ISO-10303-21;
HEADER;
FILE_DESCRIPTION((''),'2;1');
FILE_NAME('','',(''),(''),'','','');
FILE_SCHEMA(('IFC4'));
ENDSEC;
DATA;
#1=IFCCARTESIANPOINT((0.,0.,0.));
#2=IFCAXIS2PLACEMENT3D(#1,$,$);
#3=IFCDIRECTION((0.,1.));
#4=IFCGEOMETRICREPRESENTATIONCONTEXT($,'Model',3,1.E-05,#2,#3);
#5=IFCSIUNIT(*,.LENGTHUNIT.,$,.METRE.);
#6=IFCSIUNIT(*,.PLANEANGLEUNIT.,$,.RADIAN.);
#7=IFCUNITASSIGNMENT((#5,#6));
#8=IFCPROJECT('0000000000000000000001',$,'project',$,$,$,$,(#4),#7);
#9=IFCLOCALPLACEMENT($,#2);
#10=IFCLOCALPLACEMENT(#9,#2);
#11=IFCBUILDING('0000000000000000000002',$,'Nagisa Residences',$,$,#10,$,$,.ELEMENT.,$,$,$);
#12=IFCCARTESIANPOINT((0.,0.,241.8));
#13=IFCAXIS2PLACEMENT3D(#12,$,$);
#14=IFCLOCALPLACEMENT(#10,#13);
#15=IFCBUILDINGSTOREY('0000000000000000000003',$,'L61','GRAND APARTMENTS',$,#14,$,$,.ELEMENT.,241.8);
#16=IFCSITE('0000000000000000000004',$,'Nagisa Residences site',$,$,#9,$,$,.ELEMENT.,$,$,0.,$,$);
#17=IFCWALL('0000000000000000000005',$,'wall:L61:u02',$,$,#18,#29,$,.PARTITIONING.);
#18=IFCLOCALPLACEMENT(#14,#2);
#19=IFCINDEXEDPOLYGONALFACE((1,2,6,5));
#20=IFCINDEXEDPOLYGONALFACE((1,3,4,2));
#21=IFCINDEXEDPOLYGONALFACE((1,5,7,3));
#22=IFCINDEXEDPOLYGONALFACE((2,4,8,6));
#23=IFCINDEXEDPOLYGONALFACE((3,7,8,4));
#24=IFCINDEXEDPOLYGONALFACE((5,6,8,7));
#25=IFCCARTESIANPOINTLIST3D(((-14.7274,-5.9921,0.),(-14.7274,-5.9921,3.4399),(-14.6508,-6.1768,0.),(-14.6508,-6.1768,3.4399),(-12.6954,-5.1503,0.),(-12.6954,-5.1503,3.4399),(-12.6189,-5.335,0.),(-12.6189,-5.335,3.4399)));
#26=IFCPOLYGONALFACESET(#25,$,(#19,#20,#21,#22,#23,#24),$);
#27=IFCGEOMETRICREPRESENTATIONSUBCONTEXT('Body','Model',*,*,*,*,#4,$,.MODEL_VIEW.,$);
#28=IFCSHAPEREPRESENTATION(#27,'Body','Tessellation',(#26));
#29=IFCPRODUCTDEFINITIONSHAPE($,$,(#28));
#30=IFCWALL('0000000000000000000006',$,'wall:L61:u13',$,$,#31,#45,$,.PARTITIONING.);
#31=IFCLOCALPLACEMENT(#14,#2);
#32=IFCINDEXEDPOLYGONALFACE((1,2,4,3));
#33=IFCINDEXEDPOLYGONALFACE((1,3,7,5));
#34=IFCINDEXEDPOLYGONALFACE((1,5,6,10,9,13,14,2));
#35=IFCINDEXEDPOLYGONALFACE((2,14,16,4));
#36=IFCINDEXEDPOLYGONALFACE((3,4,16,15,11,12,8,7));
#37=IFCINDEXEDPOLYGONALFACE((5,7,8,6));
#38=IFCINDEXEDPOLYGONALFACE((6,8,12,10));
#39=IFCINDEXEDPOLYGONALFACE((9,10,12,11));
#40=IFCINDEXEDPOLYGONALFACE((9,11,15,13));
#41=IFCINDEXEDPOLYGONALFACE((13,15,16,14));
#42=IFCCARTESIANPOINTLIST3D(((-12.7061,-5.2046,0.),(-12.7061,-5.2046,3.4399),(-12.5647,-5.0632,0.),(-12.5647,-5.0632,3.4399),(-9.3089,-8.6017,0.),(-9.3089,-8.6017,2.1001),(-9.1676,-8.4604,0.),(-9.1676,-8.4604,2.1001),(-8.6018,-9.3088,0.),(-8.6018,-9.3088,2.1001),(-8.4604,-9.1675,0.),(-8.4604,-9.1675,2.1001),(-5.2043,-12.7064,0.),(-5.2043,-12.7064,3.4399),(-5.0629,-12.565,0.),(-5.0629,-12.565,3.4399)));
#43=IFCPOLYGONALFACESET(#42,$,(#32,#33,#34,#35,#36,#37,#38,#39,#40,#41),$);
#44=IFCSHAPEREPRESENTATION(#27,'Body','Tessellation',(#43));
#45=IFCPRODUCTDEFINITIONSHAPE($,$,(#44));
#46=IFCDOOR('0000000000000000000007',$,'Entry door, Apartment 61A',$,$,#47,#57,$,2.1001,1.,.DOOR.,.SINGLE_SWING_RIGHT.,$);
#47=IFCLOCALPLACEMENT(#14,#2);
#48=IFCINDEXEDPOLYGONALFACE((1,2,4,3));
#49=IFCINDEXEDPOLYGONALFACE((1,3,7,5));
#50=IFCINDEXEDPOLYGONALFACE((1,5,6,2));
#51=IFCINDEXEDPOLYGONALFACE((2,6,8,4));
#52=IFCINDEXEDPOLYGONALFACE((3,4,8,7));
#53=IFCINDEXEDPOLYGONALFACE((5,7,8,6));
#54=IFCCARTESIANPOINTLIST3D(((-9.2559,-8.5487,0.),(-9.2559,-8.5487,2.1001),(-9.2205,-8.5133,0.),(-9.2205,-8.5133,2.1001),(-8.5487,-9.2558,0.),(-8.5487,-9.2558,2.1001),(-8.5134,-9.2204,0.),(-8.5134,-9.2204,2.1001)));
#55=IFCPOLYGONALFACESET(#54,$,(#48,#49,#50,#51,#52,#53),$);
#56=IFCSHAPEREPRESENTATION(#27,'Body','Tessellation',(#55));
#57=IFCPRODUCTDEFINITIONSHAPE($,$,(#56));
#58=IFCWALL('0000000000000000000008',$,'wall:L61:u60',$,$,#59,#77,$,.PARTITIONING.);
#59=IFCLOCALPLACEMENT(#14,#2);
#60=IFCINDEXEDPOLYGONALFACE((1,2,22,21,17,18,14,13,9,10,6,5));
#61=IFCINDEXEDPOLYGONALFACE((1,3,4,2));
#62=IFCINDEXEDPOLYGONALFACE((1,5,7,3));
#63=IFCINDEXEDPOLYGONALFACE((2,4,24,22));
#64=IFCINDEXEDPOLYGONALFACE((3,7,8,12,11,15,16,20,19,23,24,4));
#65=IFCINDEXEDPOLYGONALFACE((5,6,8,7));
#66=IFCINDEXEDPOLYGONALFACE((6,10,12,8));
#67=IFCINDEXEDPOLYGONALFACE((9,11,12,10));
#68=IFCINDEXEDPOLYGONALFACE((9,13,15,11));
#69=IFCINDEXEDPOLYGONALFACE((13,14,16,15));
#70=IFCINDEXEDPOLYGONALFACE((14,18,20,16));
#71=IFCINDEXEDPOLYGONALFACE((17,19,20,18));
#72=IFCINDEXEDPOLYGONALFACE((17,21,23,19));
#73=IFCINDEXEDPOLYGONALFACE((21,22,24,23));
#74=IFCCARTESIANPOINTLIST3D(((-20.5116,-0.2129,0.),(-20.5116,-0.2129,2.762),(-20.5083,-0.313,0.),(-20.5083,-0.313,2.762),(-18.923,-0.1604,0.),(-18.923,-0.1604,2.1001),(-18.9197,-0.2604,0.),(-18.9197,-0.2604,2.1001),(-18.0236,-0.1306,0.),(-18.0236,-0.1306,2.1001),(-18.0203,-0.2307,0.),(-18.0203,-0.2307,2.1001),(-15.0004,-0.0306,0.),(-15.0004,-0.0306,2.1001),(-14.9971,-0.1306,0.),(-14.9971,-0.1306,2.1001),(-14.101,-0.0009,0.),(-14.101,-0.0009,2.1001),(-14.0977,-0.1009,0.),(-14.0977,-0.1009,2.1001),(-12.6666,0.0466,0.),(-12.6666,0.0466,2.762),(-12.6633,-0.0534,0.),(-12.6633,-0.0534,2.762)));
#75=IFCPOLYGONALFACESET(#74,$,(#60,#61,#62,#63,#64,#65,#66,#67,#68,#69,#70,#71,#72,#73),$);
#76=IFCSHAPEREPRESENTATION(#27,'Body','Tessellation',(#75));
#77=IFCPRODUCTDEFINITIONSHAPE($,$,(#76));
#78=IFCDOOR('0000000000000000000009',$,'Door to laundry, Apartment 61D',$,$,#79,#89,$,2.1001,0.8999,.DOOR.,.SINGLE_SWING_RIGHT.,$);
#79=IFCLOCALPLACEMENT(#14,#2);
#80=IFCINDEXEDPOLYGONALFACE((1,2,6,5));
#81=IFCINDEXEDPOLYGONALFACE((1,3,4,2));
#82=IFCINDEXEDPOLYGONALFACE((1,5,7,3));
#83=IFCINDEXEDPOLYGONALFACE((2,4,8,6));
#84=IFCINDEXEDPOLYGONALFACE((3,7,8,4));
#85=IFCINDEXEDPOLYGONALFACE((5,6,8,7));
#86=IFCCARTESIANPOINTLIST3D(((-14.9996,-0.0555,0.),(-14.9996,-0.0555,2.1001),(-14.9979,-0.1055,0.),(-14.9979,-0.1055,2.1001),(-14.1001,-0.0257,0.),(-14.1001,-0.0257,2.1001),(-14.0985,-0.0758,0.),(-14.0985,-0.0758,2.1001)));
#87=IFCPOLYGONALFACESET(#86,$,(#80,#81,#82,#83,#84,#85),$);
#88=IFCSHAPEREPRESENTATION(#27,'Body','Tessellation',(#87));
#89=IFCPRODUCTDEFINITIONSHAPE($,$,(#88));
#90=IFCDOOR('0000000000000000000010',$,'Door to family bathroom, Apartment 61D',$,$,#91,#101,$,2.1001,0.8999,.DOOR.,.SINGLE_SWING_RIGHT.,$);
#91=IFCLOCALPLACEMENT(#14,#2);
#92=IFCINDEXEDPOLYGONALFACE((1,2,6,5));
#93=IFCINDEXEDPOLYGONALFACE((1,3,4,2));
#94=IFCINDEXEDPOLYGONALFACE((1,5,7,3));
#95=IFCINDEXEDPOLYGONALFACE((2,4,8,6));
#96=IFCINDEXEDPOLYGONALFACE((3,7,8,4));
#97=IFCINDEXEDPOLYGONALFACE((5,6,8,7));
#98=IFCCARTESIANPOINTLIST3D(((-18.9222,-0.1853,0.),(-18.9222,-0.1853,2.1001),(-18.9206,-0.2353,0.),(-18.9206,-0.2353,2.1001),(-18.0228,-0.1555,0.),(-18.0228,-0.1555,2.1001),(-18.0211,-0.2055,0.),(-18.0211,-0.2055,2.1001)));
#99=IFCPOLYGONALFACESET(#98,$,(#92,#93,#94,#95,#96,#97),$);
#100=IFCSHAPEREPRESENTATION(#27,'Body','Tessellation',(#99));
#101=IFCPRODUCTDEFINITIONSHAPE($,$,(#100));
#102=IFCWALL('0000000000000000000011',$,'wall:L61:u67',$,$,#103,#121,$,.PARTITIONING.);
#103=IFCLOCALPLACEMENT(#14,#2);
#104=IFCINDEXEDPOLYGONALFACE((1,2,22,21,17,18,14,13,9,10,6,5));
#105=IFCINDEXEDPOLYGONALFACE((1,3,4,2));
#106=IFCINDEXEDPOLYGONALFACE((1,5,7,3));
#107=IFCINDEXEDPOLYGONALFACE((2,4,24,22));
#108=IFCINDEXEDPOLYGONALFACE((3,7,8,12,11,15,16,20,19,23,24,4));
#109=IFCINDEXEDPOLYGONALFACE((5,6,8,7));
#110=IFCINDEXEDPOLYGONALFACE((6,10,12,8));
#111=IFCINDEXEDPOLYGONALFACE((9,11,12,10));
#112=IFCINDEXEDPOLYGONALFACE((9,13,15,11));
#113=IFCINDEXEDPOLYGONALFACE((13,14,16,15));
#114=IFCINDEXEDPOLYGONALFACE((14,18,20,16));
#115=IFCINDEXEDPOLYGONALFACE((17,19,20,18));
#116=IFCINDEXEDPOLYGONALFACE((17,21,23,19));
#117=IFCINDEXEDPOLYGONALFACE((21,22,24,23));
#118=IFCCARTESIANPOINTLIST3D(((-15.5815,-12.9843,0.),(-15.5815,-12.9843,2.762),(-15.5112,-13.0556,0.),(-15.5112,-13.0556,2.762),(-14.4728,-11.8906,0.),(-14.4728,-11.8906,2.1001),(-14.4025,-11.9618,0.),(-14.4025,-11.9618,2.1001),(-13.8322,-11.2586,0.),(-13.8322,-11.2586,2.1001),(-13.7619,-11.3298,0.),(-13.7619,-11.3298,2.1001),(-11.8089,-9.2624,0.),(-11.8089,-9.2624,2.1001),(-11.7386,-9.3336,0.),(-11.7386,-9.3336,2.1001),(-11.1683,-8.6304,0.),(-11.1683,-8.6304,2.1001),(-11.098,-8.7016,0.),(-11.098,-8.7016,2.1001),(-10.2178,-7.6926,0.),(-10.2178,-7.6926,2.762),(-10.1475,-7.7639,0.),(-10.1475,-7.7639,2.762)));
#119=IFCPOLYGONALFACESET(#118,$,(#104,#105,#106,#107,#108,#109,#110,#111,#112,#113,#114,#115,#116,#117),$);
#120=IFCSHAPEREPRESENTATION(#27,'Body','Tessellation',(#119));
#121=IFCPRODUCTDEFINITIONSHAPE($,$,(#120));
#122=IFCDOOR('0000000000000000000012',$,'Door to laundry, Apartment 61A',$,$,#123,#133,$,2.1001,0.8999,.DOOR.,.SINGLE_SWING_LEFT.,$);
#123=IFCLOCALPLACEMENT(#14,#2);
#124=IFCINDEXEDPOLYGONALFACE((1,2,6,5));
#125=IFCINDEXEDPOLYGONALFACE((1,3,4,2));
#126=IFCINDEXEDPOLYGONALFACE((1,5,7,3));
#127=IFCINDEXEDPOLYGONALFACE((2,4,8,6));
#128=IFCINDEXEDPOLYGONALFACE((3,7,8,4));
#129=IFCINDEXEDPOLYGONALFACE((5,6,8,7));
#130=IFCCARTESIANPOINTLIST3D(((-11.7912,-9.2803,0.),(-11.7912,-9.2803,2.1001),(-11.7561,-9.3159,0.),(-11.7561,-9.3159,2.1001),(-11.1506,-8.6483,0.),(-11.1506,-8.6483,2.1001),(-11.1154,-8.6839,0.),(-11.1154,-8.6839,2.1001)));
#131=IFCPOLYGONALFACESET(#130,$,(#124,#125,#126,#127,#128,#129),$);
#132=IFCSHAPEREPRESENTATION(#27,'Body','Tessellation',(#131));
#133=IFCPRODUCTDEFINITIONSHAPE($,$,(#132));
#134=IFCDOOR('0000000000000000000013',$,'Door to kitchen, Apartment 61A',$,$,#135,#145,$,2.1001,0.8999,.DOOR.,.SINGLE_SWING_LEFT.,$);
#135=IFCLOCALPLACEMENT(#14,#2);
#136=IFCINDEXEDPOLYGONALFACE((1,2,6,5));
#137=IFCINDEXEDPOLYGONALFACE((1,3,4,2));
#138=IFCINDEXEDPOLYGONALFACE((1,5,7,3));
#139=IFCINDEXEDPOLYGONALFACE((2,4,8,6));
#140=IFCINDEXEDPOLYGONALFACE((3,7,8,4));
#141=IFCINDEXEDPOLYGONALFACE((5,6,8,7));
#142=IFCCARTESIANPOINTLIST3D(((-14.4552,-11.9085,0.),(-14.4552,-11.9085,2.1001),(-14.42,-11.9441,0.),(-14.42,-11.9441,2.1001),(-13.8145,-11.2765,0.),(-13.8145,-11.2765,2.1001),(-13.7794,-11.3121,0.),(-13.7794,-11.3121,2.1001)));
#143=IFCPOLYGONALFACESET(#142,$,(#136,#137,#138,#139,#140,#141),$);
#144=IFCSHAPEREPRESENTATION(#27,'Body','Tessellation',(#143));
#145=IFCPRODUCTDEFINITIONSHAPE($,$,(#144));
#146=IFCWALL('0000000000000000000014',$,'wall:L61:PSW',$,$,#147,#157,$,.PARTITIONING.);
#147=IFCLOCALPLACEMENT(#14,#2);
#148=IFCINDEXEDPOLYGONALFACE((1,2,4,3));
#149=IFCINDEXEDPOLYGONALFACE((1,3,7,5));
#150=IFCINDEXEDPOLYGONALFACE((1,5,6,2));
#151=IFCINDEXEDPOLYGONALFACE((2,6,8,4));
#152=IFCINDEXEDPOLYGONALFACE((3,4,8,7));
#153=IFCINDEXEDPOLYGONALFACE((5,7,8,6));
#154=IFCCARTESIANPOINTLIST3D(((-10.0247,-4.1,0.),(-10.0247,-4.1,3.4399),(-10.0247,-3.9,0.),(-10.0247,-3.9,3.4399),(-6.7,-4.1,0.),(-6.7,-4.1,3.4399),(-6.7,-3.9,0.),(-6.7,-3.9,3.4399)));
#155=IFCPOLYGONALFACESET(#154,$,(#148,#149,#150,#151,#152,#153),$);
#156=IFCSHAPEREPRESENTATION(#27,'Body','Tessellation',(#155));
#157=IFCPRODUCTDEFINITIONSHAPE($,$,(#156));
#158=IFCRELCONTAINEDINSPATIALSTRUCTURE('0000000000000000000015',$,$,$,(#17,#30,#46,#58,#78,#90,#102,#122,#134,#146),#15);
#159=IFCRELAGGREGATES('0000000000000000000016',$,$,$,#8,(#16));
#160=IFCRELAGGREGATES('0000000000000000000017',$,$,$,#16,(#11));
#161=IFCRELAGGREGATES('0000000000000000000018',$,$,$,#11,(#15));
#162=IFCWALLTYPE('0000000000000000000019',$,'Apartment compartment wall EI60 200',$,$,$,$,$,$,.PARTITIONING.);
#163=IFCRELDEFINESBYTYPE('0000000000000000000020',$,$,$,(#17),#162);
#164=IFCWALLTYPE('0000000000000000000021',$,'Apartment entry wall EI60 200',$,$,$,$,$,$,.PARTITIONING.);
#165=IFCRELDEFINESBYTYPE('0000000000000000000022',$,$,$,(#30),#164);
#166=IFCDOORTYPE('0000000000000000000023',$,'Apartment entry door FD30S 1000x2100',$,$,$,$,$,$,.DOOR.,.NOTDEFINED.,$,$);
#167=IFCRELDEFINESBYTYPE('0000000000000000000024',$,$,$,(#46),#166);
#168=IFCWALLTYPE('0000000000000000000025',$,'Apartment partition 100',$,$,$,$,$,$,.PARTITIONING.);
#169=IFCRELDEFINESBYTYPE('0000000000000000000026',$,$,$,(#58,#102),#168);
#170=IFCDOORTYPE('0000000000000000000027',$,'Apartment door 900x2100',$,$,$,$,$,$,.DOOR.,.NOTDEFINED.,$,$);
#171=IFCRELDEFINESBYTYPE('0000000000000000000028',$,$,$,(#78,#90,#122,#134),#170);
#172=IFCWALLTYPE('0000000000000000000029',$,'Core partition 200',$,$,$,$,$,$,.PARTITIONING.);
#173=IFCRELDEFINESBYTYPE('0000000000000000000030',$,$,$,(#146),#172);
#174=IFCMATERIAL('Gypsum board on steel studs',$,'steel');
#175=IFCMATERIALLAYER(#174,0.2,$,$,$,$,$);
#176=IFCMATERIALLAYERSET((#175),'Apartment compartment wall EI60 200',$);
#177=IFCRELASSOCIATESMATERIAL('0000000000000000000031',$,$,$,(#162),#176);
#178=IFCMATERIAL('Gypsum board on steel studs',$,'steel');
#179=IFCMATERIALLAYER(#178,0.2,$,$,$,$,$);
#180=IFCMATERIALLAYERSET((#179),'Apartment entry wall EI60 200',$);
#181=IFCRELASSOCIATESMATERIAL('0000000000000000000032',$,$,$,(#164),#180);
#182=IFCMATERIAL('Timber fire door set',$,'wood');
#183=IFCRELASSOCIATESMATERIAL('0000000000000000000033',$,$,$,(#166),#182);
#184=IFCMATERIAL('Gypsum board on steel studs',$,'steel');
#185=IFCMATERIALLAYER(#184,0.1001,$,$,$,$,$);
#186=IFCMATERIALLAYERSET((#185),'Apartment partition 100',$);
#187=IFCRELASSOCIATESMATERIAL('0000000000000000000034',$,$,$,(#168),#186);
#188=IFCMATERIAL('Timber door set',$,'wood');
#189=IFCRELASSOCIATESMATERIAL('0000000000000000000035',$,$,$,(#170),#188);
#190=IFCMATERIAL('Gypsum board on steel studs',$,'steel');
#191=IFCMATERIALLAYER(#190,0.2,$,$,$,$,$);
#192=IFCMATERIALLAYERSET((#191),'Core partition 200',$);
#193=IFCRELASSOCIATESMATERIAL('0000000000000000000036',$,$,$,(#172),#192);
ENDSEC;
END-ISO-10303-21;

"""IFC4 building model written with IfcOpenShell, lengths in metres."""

from ifc_helpers import new_model, si_unit, direction, frame, frame_2d, origin, place, context, subcontext, project, spatial, rectangle, extrude, material, layer, layer_set, type_object, element, fill, save


model = new_model("IFC4")

# Units and contexts
model_context = context("Model", 3, precision=1e-05, world=origin(), true_north=direction((0.0, 1.0)))
body_context = subcontext(model_context, "Body", "Model", "MODEL_VIEW")
ifc_project = project(units=[si_unit("LENGTHUNIT", "METRE"), si_unit("PLANEANGLEUNIT", "RADIAN")], contexts=[model_context])

# Site, building, storey
site_placement = place(None, origin())
site = spatial("IfcSite", under=ifc_project, at=site_placement, Name="Nagisa Residences site", CompositionType="ELEMENT", RefElevation=0.0)
building_placement = place(site_placement, origin())
building = spatial("IfcBuilding", under=site, at=building_placement, Name="Nagisa Residences", CompositionType="ELEMENT")
storey_placement = place(building_placement, frame((0.0, 0.0, 241.8)))
storey = spatial("IfcBuildingStorey", under=building, at=storey_placement, Name="L61", Description="GRAND APARTMENTS", CompositionType="ELEMENT", Elevation=241.8)

# Wall
ifc_material_1 = material(Name="Gypsum board on steel studs", Category="steel")
ifc_layer_1 = layer(ifc_material_1, 0.2)
ifc_layer_set_1 = layer_set([ifc_layer_1], Name="Apartment compartment wall EI60 200")
wall_type_1 = type_object("IfcWallType", Name="Apartment compartment wall EI60 200", PredefinedType="PARTITIONING", material=ifc_layer_set_1)
wall_1_placement = place(storey_placement, frame((-12.6572, -5.2427, 0.0), z_axis=(0.0, 0.0, 1.0), x_axis=(-0.92386, -0.382731, 0.0)))
element("IfcWall", 1, at=wall_1_placement, inside=storey, type_object=wall_type_1, Name="wall:L61:u02", PredefinedType="PARTITIONING", context=body_context, shape_type="SweptSolid", body=[
    extrude(rectangle(XDim=2.1995, YDim=0.2, at=frame_2d((1.0996, 0.0))), origin(), (0.0, 0.0, 1.0), 3.4399),
])

# Wall, opening, door
ifc_material_2 = material(Name="Gypsum board on steel studs", Category="steel")
ifc_layer_2 = layer(ifc_material_2, 0.2)
ifc_layer_set_2 = layer_set([ifc_layer_2], Name="Apartment entry wall EI60 200")
wall_type_2 = type_object("IfcWallType", Name="Apartment entry wall EI60 200", PredefinedType="PARTITIONING", material=ifc_layer_set_2)
wall_2_placement = place(storey_placement, frame((-12.6355, -5.1338, 0.0), z_axis=(0.0, 0.0, 1.0), x_axis=(0.707107, -0.707107, 0.0)))
wall_2 = element("IfcWall", 2, at=wall_2_placement, inside=storey, type_object=wall_type_2, Name="wall:L61:u13", PredefinedType="PARTITIONING", context=body_context, shape_type="SweptSolid", body=[
    extrude(rectangle(XDim=10.6091, YDim=0.2, at=frame_2d((5.3047, 0.0))), origin(), (0.0, 0.0, 1.0), 3.4399),
])
opening_1_placement = place(wall_2_placement, frame((4.8044, 0.0, 0.0)))
opening_1 = element("IfcOpeningElement", 3, at=opening_1_placement, cuts=wall_2, PredefinedType="OPENING", context=body_context, shape_type="SweptSolid", body=[
    extrude(rectangle(XDim=1.0, YDim=2.1001, at=frame_2d((0.5, 1.05))), frame((0.0, 0.1099, 0.0), z_axis=(0.0, -1.0, 0.0), x_axis=(1.0, 0.0, 0.0)), (0.0, 0.0, 1.0), 0.22),
])
ifc_material_3 = material(Name="Timber fire door set", Category="wood")
door_type_1 = type_object("IfcDoorType", Name="Apartment entry door FD30S 1000x2100", OperationType="NOTDEFINED", PredefinedType="DOOR", material=ifc_material_3)
door_1_placement = place(opening_1_placement, frame((1.0, 0.0, 0.0), x_axis=(-1.0, 0.0, 0.0)))
door_1 = element("IfcDoor", 4, at=door_1_placement, inside=storey, type_object=door_type_1, Name="Entry door, Apartment 61A", OperationType="SINGLE_SWING_RIGHT", OverallHeight=2.1001, OverallWidth=1.0, PredefinedType="DOOR", context=body_context, shape_type="SweptSolid", body=[
    extrude(rectangle(XDim=1.0, YDim=2.1001, at=frame_2d((0.5, 1.05))), frame((0.0, 0.0249, 0.0), z_axis=(0.0, -1.0, 0.0), x_axis=(1.0, 0.0, 0.0)), (0.0, 0.0, 1.0), 0.05),
])
fill(opening_1, door_1)

# Walls, openings, doors
ifc_material_4 = material(Name="Gypsum board on steel studs", Category="steel")
ifc_layer_3 = layer(ifc_material_4, 0.1001)
ifc_layer_set_3 = layer_set([ifc_layer_3], Name="Apartment partition 100")
wall_type_3 = type_object("IfcWallType", Name="Apartment partition 100", PredefinedType="PARTITIONING", material=ifc_layer_set_3)
wall_3_placement = place(storey_placement, frame((-12.6648, -0.0034, 0.0), z_axis=(0.0, 0.0, 1.0), x_axis=(-0.999453, -0.033063, 0.0)))
wall_3 = element("IfcWall", 5, at=wall_3_placement, inside=storey, type_object=wall_type_3, Name="wall:L61:u60", PredefinedType="PARTITIONING", context=body_context, shape_type="SweptSolid", body=[
    extrude(rectangle(XDim=7.8494, YDim=0.1001, at=frame_2d((3.9248, 0.0))), origin(), (0.0, 0.0, 1.0), 2.762),
])
opening_2_placement = place(wall_3_placement, frame((1.4353, 0.0, 0.0)))
opening_2 = element("IfcOpeningElement", 6, at=opening_2_placement, cuts=wall_3, PredefinedType="OPENING", context=body_context, shape_type="SweptSolid", body=[
    extrude(rectangle(XDim=0.8999, YDim=2.1001, at=frame_2d((0.45, 1.05))), frame((0.0, 0.0601, 0.0), z_axis=(0.0, -1.0, 0.0), x_axis=(1.0, 0.0, 0.0)), (0.0, 0.0, 1.0), 0.1201),
])
opening_3_placement = place(wall_3_placement, frame((5.3601, 0.0, 0.0)))
opening_3 = element("IfcOpeningElement", 7, at=opening_3_placement, cuts=wall_3, PredefinedType="OPENING", context=body_context, shape_type="SweptSolid", body=[
    extrude(rectangle(XDim=0.8999, YDim=2.1001, at=frame_2d((0.45, 1.05))), frame((0.0, 0.0601, 0.0), z_axis=(0.0, -1.0, 0.0), x_axis=(1.0, 0.0, 0.0)), (0.0, 0.0, 1.0), 0.1201),
])
ifc_material_5 = material(Name="Timber door set", Category="wood")
door_type_2 = type_object("IfcDoorType", Name="Apartment door 900x2100", OperationType="NOTDEFINED", PredefinedType="DOOR", material=ifc_material_5)
door_2_placement = place(opening_2_placement, origin())
door_2 = element("IfcDoor", 8, at=door_2_placement, inside=storey, type_object=door_type_2, Name="Door to laundry, Apartment 61D", OperationType="SINGLE_SWING_RIGHT", OverallHeight=2.1001, OverallWidth=0.8999, PredefinedType="DOOR", context=body_context, shape_type="SweptSolid", body=[
    extrude(rectangle(XDim=0.8999, YDim=2.1001, at=frame_2d((0.45, 1.05))), frame((0.0, 0.0249, 0.0), z_axis=(0.0, -1.0, 0.0), x_axis=(1.0, 0.0, 0.0)), (0.0, 0.0, 1.0), 0.05),
])
fill(opening_2, door_2)
door_3_placement = place(opening_3_placement, origin())
door_3 = element("IfcDoor", 9, at=door_3_placement, inside=storey, type_object=door_type_2, Name="Door to family bathroom, Apartment 61D", OperationType="SINGLE_SWING_RIGHT", OverallHeight=2.1001, OverallWidth=0.8999, PredefinedType="DOOR", context=body_context, shape_type="SweptSolid", body=[
    extrude(rectangle(XDim=0.8999, YDim=2.1001, at=frame_2d((0.45, 1.05))), frame((0.0, 0.0249, 0.0), z_axis=(0.0, -1.0, 0.0), x_axis=(1.0, 0.0, 0.0)), (0.0, 0.0, 1.0), 0.05),
])
fill(opening_3, door_3)
wall_4_placement = place(storey_placement, frame((-10.1826, -7.7283, 0.0), z_axis=(0.0, 0.0, 1.0), x_axis=(-0.71187, -0.702311, 0.0)))
wall_4 = element("IfcWall", 10, at=wall_4_placement, inside=storey, type_object=wall_type_3, Name="wall:L61:u67", PredefinedType="PARTITIONING", context=body_context, shape_type="SweptSolid", body=[
    extrude(rectangle(XDim=7.5347, YDim=0.1001, at=frame_2d((3.7673, 0.0))), origin(), (0.0, 0.0, 1.0), 2.762),
])
opening_4_placement = place(wall_4_placement, frame((1.3352, 0.0, 0.0)))
opening_4 = element("IfcOpeningElement", 11, at=opening_4_placement, cuts=wall_4, PredefinedType="OPENING", context=body_context, shape_type="SweptSolid", body=[
    extrude(rectangle(XDim=0.8999, YDim=2.1001, at=frame_2d((0.45, 1.05))), frame((0.0, 0.0601, 0.0), z_axis=(0.0, -1.0, 0.0), x_axis=(1.0, 0.0, 0.0)), (0.0, 0.0, 1.0), 0.1201),
])
opening_5_placement = place(wall_4_placement, frame((5.0774, 0.0, 0.0)))
opening_5 = element("IfcOpeningElement", 12, at=opening_5_placement, cuts=wall_4, PredefinedType="OPENING", context=body_context, shape_type="SweptSolid", body=[
    extrude(rectangle(XDim=0.8999, YDim=2.1001, at=frame_2d((0.45, 1.05))), frame((0.0, 0.0601, 0.0), z_axis=(0.0, -1.0, 0.0), x_axis=(1.0, 0.0, 0.0)), (0.0, 0.0, 1.0), 0.1201),
])
door_4_placement = place(opening_4_placement, frame((0.8999, 0.0, 0.0), x_axis=(-1.0, 0.0, 0.0)))
door_4 = element("IfcDoor", 13, at=door_4_placement, inside=storey, type_object=door_type_2, Name="Door to laundry, Apartment 61A", OperationType="SINGLE_SWING_LEFT", OverallHeight=2.1001, OverallWidth=0.8999, PredefinedType="DOOR", context=body_context, shape_type="SweptSolid", body=[
    extrude(rectangle(XDim=0.8999, YDim=2.1001, at=frame_2d((0.45, 1.05))), frame((0.0, 0.0249, 0.0), z_axis=(0.0, -1.0, 0.0), x_axis=(1.0, 0.0, 0.0)), (0.0, 0.0, 1.0), 0.05),
])
fill(opening_4, door_4)
door_5_placement = place(opening_5_placement, frame((0.8999, 0.0, 0.0), x_axis=(-1.0, 0.0, 0.0)))
door_5 = element("IfcDoor", 14, at=door_5_placement, inside=storey, type_object=door_type_2, Name="Door to kitchen, Apartment 61A", OperationType="SINGLE_SWING_LEFT", OverallHeight=2.1001, OverallWidth=0.8999, PredefinedType="DOOR", context=body_context, shape_type="SweptSolid", body=[
    extrude(rectangle(XDim=0.8999, YDim=2.1001, at=frame_2d((0.45, 1.05))), frame((0.0, 0.0249, 0.0), z_axis=(0.0, -1.0, 0.0), x_axis=(1.0, 0.0, 0.0)), (0.0, 0.0, 1.0), 0.05),
])
fill(opening_5, door_5)

# Wall
ifc_material_6 = material(Name="Gypsum board on steel studs", Category="steel")
ifc_layer_4 = layer(ifc_material_6, 0.2)
ifc_layer_set_4 = layer_set([ifc_layer_4], Name="Core partition 200")
wall_type_4 = type_object("IfcWallType", Name="Core partition 200", PredefinedType="PARTITIONING", material=ifc_layer_set_4)
wall_5_placement = place(storey_placement, frame((-10.0247, -4.0, 0.0), z_axis=(0.0, 0.0, 1.0), x_axis=(1.0, 0.0, 0.0)))
element("IfcWall", 15, at=wall_5_placement, inside=storey, type_object=wall_type_4, Name="wall:L61:PSW", PredefinedType="PARTITIONING", context=body_context, shape_type="SweptSolid", body=[
    extrude(rectangle(XDim=3.3247, YDim=0.2, at=frame_2d((1.6624, 0.0))), origin(), (0.0, 0.0, 1.0), 3.4399),
])

save(model, "model.ifc")
